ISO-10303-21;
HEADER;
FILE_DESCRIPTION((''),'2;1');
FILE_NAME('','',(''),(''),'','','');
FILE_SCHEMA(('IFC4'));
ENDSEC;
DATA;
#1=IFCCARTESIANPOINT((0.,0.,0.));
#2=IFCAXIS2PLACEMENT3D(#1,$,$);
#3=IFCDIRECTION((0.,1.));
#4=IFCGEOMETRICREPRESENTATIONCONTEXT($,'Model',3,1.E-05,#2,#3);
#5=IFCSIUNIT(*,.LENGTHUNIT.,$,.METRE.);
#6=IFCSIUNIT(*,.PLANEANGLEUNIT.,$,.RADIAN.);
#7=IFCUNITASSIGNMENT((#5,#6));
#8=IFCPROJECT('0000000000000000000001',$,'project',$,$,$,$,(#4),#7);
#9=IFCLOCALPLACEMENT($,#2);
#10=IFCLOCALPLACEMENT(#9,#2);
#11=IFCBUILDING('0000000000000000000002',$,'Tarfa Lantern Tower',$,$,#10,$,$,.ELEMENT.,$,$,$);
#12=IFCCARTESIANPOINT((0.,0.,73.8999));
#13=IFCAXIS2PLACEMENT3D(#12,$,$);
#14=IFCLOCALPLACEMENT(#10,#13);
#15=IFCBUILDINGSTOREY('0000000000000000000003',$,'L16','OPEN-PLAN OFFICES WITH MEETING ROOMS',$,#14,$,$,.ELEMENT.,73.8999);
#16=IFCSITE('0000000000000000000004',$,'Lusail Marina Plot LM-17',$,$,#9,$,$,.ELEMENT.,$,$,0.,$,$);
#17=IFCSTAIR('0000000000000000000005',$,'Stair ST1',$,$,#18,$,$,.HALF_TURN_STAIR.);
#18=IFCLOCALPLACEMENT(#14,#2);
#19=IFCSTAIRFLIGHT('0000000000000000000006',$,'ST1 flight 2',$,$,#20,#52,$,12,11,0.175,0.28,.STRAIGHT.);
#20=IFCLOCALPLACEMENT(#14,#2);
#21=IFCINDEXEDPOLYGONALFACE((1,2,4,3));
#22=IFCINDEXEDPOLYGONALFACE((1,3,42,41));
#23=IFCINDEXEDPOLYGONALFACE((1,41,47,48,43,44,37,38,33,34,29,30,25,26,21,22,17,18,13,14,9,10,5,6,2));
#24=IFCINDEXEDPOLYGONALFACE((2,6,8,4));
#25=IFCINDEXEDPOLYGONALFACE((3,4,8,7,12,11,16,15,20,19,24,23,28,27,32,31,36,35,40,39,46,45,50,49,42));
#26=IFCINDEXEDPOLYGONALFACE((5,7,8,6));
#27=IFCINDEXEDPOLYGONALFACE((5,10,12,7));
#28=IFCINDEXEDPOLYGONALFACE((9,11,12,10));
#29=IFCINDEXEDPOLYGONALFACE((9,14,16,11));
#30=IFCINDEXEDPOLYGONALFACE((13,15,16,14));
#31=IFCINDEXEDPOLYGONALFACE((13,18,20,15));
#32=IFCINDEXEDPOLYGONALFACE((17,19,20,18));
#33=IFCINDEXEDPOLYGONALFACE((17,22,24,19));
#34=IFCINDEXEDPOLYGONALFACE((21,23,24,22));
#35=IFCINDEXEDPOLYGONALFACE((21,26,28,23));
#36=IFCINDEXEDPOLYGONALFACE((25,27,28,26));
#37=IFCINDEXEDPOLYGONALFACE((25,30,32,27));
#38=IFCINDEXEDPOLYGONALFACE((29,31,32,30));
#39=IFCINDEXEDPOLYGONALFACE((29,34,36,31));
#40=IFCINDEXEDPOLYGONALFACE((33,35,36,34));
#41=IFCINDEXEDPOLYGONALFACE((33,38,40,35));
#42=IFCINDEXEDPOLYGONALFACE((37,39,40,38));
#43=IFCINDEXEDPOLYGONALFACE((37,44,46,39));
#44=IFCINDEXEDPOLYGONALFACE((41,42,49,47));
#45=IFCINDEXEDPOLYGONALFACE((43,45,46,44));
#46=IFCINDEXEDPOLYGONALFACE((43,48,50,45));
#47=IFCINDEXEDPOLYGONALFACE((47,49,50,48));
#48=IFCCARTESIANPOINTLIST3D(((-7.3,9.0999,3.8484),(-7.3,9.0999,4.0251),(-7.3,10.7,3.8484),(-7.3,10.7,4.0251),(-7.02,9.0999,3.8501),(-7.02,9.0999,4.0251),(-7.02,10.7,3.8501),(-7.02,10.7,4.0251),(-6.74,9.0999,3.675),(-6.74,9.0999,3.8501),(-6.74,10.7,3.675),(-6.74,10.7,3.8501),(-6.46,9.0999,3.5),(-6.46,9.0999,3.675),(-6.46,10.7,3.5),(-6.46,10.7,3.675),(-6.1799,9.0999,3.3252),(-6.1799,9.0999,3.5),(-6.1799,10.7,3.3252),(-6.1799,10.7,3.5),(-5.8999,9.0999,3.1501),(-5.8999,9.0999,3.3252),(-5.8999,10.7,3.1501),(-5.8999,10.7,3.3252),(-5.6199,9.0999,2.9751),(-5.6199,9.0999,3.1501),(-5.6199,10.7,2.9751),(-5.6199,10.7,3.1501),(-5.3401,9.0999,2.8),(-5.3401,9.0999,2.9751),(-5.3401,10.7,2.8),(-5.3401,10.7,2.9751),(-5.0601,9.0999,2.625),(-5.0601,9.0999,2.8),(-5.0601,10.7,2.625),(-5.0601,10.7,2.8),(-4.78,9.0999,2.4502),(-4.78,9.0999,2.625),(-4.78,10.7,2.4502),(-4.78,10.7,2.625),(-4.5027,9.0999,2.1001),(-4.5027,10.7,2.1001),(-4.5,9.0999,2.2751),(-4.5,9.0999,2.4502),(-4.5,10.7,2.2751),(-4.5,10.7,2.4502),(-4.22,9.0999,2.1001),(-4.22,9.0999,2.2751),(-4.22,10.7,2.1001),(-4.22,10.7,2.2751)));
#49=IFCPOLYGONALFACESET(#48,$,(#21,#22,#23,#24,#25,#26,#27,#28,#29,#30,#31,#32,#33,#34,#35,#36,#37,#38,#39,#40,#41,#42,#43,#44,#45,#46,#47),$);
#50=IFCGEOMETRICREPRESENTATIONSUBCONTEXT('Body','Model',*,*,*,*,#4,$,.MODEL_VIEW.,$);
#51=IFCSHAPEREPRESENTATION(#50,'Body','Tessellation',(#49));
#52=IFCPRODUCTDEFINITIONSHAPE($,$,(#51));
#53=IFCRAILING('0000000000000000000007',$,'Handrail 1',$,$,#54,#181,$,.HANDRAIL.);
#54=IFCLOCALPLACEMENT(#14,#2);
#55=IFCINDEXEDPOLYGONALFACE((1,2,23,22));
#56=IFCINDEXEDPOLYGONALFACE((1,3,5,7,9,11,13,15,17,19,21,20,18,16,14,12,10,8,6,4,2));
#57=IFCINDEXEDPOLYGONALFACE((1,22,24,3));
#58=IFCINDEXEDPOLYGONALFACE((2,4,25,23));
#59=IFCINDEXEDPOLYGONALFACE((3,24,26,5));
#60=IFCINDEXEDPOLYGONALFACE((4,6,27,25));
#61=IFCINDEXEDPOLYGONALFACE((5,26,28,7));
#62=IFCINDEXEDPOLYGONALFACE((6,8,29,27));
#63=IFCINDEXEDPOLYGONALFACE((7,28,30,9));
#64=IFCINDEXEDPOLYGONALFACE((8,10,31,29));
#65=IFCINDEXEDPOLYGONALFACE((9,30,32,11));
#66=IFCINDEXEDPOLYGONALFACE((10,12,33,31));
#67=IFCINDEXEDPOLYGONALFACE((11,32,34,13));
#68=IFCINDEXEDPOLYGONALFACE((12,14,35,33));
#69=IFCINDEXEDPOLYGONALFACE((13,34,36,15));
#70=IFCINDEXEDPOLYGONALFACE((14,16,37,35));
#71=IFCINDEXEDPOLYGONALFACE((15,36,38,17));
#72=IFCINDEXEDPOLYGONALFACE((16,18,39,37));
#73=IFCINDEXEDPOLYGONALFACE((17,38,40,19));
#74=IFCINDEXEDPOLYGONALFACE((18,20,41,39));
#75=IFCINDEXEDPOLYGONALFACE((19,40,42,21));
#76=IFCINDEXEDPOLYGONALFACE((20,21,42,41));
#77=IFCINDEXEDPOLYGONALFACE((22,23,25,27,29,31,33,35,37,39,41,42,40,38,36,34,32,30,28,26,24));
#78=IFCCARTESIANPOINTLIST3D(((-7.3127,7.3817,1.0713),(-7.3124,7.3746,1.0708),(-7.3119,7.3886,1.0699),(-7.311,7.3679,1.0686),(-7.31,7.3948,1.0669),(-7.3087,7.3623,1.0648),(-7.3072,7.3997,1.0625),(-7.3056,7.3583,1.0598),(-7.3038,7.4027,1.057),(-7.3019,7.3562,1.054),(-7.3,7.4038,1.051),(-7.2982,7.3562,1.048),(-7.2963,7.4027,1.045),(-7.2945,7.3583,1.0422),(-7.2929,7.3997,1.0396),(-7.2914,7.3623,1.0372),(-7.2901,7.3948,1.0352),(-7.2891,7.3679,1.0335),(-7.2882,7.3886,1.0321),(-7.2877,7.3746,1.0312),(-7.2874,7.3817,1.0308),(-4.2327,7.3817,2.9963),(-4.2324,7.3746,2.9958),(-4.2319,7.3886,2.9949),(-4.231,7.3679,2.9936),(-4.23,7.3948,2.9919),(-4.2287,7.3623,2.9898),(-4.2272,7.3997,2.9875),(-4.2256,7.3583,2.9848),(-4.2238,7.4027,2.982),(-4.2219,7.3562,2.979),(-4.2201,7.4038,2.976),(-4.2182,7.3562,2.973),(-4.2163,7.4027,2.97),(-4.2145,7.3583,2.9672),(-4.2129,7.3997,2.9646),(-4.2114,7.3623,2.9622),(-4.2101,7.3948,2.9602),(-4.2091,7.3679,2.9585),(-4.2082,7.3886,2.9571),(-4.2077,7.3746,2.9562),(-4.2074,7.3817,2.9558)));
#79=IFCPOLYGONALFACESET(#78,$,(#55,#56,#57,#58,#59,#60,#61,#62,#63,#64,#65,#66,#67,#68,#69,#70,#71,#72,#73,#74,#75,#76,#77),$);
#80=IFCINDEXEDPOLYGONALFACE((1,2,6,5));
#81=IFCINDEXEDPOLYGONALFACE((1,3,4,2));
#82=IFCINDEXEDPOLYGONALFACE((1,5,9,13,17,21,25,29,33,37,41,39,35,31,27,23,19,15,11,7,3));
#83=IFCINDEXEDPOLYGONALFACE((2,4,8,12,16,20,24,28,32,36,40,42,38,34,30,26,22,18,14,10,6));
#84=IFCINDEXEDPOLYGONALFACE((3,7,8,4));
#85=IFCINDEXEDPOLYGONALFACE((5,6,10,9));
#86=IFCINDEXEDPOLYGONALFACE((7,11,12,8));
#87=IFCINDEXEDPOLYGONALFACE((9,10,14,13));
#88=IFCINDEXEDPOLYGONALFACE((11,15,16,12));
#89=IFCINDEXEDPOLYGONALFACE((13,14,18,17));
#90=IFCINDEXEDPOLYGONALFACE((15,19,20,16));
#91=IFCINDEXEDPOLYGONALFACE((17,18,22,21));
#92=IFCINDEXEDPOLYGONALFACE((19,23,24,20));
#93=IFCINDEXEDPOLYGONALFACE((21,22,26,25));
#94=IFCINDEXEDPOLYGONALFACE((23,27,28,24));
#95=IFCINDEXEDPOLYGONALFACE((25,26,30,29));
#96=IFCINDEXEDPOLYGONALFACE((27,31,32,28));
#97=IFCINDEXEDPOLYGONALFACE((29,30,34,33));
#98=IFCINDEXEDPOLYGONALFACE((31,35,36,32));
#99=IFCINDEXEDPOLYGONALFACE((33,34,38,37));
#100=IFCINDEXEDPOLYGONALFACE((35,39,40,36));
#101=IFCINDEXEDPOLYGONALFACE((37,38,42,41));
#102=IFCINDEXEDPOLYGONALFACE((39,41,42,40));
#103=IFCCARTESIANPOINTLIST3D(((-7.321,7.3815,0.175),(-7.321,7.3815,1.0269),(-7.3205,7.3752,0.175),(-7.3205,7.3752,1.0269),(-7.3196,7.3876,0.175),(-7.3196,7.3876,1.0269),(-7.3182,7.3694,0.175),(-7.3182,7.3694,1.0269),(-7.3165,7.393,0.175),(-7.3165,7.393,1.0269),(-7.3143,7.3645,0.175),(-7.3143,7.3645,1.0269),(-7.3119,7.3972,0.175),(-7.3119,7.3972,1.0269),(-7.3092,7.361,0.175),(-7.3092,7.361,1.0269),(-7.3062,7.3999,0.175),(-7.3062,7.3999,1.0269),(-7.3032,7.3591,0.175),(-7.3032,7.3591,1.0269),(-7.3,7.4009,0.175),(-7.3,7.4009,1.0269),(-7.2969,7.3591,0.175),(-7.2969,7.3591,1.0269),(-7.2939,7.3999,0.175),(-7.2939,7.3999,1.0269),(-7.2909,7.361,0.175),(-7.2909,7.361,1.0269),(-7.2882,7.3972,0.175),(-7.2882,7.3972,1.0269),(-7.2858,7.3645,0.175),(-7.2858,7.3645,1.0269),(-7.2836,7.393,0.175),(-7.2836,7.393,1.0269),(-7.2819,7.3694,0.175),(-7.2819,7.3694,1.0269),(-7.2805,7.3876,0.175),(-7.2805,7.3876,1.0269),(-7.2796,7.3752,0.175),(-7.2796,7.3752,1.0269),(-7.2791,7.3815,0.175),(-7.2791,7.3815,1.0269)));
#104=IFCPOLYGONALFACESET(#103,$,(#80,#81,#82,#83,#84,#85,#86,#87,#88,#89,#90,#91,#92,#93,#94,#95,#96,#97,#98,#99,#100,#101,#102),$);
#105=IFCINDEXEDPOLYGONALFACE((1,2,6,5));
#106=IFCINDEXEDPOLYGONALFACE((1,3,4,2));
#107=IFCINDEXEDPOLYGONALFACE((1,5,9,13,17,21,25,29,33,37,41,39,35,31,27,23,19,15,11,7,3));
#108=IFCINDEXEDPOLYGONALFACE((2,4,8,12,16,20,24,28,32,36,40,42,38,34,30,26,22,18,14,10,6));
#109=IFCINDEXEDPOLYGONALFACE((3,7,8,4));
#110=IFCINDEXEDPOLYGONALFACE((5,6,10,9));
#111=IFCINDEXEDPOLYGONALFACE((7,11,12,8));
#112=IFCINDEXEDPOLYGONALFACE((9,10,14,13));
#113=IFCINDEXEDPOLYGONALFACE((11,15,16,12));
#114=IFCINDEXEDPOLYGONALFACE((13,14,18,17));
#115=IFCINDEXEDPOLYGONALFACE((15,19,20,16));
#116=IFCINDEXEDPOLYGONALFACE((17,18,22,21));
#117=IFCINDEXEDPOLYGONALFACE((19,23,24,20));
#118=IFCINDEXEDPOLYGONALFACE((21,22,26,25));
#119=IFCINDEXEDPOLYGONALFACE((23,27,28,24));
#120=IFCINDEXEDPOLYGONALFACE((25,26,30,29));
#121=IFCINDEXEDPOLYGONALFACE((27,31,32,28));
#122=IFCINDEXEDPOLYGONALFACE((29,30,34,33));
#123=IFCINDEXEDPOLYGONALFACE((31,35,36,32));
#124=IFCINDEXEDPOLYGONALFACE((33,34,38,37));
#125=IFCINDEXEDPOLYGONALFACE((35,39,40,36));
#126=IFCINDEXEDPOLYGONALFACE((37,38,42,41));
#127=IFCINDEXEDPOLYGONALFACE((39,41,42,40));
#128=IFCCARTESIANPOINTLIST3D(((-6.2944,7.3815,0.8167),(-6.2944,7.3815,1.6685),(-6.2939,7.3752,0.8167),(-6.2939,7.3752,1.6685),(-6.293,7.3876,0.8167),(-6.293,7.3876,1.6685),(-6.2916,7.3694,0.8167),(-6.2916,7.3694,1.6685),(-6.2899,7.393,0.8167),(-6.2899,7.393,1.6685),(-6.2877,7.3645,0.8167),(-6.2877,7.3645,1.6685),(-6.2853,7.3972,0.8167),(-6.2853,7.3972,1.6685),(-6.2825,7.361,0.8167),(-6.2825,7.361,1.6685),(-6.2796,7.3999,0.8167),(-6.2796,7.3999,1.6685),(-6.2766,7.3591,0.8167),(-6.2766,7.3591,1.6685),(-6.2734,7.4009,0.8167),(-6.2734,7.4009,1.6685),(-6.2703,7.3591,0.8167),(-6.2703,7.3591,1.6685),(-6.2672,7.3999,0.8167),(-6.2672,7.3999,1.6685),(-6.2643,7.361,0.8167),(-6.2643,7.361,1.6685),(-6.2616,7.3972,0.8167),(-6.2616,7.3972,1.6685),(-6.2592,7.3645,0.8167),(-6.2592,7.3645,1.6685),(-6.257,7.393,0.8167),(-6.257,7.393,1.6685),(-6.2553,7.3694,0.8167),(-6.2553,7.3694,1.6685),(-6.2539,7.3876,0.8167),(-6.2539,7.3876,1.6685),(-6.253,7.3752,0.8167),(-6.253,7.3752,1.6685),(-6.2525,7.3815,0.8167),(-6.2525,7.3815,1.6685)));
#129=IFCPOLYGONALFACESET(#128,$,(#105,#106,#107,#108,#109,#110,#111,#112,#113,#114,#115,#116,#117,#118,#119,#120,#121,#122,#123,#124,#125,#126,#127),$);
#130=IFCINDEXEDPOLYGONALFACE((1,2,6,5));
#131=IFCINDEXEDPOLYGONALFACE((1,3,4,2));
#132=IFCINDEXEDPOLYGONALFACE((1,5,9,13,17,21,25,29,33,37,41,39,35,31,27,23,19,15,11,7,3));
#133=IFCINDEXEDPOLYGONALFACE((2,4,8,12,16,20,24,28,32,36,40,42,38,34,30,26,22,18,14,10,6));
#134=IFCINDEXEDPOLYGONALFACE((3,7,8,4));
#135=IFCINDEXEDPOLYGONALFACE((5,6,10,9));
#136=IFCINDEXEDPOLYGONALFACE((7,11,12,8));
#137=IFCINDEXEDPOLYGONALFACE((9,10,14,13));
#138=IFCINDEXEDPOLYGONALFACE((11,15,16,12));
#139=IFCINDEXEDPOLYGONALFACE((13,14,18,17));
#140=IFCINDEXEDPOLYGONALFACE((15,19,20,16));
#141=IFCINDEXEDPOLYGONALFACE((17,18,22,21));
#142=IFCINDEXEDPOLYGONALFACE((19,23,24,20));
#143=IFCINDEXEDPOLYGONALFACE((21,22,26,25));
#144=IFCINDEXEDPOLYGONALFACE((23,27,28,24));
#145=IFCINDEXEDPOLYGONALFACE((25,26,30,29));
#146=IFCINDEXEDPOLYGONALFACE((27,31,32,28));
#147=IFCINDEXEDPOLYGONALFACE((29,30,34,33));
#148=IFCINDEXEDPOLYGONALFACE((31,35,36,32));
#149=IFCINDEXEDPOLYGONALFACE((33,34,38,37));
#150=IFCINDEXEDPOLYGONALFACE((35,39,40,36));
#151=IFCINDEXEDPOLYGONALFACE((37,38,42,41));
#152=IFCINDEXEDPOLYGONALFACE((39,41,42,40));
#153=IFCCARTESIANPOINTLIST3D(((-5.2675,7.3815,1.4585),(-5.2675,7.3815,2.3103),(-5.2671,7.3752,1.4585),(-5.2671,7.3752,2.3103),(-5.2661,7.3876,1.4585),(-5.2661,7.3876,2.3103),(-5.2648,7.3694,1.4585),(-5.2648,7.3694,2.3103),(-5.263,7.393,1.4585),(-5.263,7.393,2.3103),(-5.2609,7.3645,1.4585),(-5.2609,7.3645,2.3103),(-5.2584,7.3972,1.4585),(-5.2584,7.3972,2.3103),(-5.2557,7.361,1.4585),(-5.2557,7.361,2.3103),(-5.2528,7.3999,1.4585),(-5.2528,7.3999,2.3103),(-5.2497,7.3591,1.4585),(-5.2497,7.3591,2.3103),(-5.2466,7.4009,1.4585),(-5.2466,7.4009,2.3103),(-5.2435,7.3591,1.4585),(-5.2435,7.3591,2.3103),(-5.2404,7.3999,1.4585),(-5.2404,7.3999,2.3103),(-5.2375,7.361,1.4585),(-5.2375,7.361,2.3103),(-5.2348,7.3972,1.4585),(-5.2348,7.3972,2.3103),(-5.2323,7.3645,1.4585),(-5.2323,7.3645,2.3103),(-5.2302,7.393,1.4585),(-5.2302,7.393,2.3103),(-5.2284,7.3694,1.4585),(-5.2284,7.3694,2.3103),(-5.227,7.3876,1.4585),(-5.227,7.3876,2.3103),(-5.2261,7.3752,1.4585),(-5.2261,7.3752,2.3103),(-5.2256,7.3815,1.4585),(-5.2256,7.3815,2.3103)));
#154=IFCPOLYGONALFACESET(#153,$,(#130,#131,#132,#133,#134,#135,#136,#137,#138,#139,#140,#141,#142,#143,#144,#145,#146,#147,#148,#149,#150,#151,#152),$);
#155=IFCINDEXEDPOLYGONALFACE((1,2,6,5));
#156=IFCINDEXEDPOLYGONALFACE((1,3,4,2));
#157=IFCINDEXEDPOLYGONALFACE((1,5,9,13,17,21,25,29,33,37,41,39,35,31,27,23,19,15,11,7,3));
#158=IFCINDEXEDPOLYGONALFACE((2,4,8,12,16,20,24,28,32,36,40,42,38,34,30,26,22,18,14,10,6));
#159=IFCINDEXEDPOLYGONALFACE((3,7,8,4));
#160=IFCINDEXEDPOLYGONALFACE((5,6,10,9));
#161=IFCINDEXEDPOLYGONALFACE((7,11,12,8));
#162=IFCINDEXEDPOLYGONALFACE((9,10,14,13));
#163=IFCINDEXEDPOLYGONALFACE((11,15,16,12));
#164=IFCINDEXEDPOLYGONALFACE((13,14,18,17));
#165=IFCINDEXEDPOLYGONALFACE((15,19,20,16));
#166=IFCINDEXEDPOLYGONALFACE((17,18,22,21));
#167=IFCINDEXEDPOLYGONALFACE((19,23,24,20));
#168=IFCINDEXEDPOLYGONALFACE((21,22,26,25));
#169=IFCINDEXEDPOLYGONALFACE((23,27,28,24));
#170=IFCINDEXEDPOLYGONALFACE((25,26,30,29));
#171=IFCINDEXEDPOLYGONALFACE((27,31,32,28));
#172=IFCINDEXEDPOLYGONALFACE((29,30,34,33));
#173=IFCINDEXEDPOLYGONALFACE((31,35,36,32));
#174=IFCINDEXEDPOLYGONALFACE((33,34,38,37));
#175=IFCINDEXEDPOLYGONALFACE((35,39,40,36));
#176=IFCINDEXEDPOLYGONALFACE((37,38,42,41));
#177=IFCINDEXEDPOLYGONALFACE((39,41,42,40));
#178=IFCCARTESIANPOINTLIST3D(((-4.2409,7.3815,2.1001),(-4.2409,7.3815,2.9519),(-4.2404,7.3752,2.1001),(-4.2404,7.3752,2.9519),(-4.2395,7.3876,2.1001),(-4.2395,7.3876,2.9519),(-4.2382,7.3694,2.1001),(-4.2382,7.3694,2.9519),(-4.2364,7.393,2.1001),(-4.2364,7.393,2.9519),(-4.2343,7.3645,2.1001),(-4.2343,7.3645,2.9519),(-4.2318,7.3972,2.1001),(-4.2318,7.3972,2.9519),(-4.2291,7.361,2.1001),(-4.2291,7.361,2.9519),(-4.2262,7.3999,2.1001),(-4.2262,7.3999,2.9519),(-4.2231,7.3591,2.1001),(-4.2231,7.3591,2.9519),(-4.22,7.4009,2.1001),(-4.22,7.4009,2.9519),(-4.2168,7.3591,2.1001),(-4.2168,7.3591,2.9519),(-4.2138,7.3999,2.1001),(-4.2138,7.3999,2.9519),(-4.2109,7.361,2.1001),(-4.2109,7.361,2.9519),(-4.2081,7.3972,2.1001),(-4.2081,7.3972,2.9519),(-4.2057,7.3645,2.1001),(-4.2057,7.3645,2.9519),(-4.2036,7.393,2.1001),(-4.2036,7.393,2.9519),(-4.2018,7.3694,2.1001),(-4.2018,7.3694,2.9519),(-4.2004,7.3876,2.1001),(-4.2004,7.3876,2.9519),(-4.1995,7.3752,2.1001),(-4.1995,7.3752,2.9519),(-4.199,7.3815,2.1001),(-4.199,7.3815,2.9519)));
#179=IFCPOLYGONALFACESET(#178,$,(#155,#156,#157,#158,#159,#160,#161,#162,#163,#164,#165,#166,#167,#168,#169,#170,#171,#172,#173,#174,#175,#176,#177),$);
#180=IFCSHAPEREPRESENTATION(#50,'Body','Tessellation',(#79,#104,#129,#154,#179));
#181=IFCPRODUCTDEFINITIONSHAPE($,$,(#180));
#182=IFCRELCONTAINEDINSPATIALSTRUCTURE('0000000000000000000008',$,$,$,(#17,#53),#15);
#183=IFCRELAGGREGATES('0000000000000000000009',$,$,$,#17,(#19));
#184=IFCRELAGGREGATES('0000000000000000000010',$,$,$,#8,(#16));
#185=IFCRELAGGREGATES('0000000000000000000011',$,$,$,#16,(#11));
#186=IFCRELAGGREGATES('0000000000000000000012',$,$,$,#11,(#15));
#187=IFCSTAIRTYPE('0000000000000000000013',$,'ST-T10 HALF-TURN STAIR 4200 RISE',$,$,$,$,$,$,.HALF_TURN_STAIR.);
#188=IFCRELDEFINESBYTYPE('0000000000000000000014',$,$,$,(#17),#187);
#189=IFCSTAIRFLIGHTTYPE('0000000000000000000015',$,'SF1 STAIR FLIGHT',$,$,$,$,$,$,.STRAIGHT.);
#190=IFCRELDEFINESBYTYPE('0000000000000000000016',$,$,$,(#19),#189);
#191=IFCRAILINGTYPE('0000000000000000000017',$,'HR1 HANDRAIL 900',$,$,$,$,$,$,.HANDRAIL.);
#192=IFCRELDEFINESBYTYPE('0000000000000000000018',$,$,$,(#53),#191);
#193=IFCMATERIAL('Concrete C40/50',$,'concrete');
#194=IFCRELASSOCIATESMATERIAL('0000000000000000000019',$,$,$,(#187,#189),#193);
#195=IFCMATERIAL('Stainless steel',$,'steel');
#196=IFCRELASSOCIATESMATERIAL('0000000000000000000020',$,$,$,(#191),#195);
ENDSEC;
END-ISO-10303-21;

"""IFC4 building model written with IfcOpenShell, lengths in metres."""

from ifc_helpers import new_model, si_unit, direction, frame, origin, origin_2d, place, context, subcontext, project, spatial, polyline, circle, outline, extrude, material, type_object, element, aggregate, save


model = new_model("IFC4")

# Units and contexts
model_context = context("Model", 3, precision=1e-05, world=origin(), true_north=direction((0.0, 1.0)))
body_context = subcontext(model_context, "Body", "Model", "MODEL_VIEW")
ifc_project = project(units=[si_unit("LENGTHUNIT", "METRE"), si_unit("PLANEANGLEUNIT", "RADIAN")], contexts=[model_context])

# Site, building, storey
site_placement = place(None, origin())
site = spatial("IfcSite", under=ifc_project, at=site_placement, Name="Lusail Marina Plot LM-17", CompositionType="ELEMENT", RefElevation=0.0)
building_placement = place(site_placement, origin())
building = spatial("IfcBuilding", under=site, at=building_placement, Name="Tarfa Lantern Tower", CompositionType="ELEMENT")
storey_placement = place(building_placement, frame((0.0, 0.0, 73.8999)))
storey = spatial("IfcBuildingStorey", under=building, at=storey_placement, Name="L16", Description="OPEN-PLAN OFFICES WITH MEETING ROOMS", CompositionType="ELEMENT", Elevation=73.8999)

# Stair, stair flight
ifc_material_1 = material(Name="Concrete C40/50", Category="concrete")
stair_type = type_object("IfcStairType", Name="ST-T10 HALF-TURN STAIR 4200 RISE", PredefinedType="HALF_TURN_STAIR", material=ifc_material_1)
stair_placement = place(storey_placement, origin())
stair = element("IfcStair", 1, at=stair_placement, inside=storey, type_object=stair_type, Name="Stair ST1", PredefinedType="HALF_TURN_STAIR")
stair_flight_type = type_object("IfcStairFlightType", Name="SF1 STAIR FLIGHT", PredefinedType="STRAIGHT", material=ifc_material_1)
stair_flight_1_placement = place(storey_placement, frame((-4.22, 9.8999, 2.1001), z_axis=(0.0, 0.0, 1.0), x_axis=(-1.0, 0.0, 0.0)))
stair_flight_1 = element("IfcStairFlight", 2, at=stair_flight_1_placement, type_object=stair_flight_type, Name="ST1 flight 2", NumberOfRisers=12, NumberOfTreads=11, PredefinedType="STRAIGHT", RiserHeight=0.175, TreadLength=0.28, context=body_context, shape_type="SweptSolid", body=[
    extrude(outline(polyline([(0.0, 0.0), (0.0, 0.175), (0.28, 0.175), (0.28, 0.3501), (0.5601, 0.3501), (0.5601, 0.5249), (0.8401, 0.5249), (0.8401, 0.7), (1.1201, 0.7), (1.1201, 0.875), (1.3999, 0.875), (1.3999, 1.05), (1.6799, 1.05), (1.6799, 1.2251), (1.96, 1.2251), (1.96, 1.3999), (2.24, 1.3999), (2.24, 1.575), (2.52, 1.575), (2.52, 1.75), (2.8, 1.75), (2.8, 1.925), (3.0801, 1.925), (3.0801, 2.1001), (3.0801, 1.7483), (0.2827, 0.0), (0.0, 0.0)])), frame((0.0, 0.8, 0.0), z_axis=(0.0, -1.0, 0.0), x_axis=(1.0, 0.0, 0.0)), (0.0, 0.0, 1.0), 1.6001),
])
aggregate(stair, [stair_flight_1])

# Railing
ifc_material_2 = material(Name="Stainless steel", Category="steel")
railing_type = type_object("IfcRailingType", Name="HR1 HANDRAIL 900", PredefinedType="HANDRAIL", material=ifc_material_2)
railing_1_placement = place(storey_placement, frame((-7.3, 7.3799, 0.175)))
element("IfcRailing", 3, at=railing_1_placement, inside=storey, type_object=railing_type, Name="Handrail 1", PredefinedType="HANDRAIL", context=body_context, shape_type="SweptSolid", body=[
    extrude(circle(Radius=0.0239, at=origin_2d()), frame((0.0, 0.0, 0.876), z_axis=(0.847998, 0.0, 0.529999), x_axis=(0.0, 1.0, 0.0)), (0.0, 0.0, 1.0), 3.6321),
    extrude(circle(Radius=0.021, at=origin_2d()), frame((0.0, 0.0, 0.0), z_axis=(0.0, 0.0, 1.0), x_axis=(0.0, 1.0, 0.0)), (0.0, 0.0, 1.0), 0.8518),
    extrude(circle(Radius=0.021, at=origin_2d()), frame((1.0266, 0.0, 0.6416), z_axis=(0.0, 0.0, 1.0), x_axis=(0.0, 1.0, 0.0)), (0.0, 0.0, 1.0), 0.8518),
    extrude(circle(Radius=0.021, at=origin_2d()), frame((2.0535, 0.0, 1.2834), z_axis=(0.0, 0.0, 1.0), x_axis=(0.0, 1.0, 0.0)), (0.0, 0.0, 1.0), 0.8518),
    extrude(circle(Radius=0.021, at=origin_2d()), frame((3.0801, 0.0, 1.925), z_axis=(0.0, 0.0, 1.0), x_axis=(0.0, 1.0, 0.0)), (0.0, 0.0, 1.0), 0.8518),
])

save(model, "model.ifc")
